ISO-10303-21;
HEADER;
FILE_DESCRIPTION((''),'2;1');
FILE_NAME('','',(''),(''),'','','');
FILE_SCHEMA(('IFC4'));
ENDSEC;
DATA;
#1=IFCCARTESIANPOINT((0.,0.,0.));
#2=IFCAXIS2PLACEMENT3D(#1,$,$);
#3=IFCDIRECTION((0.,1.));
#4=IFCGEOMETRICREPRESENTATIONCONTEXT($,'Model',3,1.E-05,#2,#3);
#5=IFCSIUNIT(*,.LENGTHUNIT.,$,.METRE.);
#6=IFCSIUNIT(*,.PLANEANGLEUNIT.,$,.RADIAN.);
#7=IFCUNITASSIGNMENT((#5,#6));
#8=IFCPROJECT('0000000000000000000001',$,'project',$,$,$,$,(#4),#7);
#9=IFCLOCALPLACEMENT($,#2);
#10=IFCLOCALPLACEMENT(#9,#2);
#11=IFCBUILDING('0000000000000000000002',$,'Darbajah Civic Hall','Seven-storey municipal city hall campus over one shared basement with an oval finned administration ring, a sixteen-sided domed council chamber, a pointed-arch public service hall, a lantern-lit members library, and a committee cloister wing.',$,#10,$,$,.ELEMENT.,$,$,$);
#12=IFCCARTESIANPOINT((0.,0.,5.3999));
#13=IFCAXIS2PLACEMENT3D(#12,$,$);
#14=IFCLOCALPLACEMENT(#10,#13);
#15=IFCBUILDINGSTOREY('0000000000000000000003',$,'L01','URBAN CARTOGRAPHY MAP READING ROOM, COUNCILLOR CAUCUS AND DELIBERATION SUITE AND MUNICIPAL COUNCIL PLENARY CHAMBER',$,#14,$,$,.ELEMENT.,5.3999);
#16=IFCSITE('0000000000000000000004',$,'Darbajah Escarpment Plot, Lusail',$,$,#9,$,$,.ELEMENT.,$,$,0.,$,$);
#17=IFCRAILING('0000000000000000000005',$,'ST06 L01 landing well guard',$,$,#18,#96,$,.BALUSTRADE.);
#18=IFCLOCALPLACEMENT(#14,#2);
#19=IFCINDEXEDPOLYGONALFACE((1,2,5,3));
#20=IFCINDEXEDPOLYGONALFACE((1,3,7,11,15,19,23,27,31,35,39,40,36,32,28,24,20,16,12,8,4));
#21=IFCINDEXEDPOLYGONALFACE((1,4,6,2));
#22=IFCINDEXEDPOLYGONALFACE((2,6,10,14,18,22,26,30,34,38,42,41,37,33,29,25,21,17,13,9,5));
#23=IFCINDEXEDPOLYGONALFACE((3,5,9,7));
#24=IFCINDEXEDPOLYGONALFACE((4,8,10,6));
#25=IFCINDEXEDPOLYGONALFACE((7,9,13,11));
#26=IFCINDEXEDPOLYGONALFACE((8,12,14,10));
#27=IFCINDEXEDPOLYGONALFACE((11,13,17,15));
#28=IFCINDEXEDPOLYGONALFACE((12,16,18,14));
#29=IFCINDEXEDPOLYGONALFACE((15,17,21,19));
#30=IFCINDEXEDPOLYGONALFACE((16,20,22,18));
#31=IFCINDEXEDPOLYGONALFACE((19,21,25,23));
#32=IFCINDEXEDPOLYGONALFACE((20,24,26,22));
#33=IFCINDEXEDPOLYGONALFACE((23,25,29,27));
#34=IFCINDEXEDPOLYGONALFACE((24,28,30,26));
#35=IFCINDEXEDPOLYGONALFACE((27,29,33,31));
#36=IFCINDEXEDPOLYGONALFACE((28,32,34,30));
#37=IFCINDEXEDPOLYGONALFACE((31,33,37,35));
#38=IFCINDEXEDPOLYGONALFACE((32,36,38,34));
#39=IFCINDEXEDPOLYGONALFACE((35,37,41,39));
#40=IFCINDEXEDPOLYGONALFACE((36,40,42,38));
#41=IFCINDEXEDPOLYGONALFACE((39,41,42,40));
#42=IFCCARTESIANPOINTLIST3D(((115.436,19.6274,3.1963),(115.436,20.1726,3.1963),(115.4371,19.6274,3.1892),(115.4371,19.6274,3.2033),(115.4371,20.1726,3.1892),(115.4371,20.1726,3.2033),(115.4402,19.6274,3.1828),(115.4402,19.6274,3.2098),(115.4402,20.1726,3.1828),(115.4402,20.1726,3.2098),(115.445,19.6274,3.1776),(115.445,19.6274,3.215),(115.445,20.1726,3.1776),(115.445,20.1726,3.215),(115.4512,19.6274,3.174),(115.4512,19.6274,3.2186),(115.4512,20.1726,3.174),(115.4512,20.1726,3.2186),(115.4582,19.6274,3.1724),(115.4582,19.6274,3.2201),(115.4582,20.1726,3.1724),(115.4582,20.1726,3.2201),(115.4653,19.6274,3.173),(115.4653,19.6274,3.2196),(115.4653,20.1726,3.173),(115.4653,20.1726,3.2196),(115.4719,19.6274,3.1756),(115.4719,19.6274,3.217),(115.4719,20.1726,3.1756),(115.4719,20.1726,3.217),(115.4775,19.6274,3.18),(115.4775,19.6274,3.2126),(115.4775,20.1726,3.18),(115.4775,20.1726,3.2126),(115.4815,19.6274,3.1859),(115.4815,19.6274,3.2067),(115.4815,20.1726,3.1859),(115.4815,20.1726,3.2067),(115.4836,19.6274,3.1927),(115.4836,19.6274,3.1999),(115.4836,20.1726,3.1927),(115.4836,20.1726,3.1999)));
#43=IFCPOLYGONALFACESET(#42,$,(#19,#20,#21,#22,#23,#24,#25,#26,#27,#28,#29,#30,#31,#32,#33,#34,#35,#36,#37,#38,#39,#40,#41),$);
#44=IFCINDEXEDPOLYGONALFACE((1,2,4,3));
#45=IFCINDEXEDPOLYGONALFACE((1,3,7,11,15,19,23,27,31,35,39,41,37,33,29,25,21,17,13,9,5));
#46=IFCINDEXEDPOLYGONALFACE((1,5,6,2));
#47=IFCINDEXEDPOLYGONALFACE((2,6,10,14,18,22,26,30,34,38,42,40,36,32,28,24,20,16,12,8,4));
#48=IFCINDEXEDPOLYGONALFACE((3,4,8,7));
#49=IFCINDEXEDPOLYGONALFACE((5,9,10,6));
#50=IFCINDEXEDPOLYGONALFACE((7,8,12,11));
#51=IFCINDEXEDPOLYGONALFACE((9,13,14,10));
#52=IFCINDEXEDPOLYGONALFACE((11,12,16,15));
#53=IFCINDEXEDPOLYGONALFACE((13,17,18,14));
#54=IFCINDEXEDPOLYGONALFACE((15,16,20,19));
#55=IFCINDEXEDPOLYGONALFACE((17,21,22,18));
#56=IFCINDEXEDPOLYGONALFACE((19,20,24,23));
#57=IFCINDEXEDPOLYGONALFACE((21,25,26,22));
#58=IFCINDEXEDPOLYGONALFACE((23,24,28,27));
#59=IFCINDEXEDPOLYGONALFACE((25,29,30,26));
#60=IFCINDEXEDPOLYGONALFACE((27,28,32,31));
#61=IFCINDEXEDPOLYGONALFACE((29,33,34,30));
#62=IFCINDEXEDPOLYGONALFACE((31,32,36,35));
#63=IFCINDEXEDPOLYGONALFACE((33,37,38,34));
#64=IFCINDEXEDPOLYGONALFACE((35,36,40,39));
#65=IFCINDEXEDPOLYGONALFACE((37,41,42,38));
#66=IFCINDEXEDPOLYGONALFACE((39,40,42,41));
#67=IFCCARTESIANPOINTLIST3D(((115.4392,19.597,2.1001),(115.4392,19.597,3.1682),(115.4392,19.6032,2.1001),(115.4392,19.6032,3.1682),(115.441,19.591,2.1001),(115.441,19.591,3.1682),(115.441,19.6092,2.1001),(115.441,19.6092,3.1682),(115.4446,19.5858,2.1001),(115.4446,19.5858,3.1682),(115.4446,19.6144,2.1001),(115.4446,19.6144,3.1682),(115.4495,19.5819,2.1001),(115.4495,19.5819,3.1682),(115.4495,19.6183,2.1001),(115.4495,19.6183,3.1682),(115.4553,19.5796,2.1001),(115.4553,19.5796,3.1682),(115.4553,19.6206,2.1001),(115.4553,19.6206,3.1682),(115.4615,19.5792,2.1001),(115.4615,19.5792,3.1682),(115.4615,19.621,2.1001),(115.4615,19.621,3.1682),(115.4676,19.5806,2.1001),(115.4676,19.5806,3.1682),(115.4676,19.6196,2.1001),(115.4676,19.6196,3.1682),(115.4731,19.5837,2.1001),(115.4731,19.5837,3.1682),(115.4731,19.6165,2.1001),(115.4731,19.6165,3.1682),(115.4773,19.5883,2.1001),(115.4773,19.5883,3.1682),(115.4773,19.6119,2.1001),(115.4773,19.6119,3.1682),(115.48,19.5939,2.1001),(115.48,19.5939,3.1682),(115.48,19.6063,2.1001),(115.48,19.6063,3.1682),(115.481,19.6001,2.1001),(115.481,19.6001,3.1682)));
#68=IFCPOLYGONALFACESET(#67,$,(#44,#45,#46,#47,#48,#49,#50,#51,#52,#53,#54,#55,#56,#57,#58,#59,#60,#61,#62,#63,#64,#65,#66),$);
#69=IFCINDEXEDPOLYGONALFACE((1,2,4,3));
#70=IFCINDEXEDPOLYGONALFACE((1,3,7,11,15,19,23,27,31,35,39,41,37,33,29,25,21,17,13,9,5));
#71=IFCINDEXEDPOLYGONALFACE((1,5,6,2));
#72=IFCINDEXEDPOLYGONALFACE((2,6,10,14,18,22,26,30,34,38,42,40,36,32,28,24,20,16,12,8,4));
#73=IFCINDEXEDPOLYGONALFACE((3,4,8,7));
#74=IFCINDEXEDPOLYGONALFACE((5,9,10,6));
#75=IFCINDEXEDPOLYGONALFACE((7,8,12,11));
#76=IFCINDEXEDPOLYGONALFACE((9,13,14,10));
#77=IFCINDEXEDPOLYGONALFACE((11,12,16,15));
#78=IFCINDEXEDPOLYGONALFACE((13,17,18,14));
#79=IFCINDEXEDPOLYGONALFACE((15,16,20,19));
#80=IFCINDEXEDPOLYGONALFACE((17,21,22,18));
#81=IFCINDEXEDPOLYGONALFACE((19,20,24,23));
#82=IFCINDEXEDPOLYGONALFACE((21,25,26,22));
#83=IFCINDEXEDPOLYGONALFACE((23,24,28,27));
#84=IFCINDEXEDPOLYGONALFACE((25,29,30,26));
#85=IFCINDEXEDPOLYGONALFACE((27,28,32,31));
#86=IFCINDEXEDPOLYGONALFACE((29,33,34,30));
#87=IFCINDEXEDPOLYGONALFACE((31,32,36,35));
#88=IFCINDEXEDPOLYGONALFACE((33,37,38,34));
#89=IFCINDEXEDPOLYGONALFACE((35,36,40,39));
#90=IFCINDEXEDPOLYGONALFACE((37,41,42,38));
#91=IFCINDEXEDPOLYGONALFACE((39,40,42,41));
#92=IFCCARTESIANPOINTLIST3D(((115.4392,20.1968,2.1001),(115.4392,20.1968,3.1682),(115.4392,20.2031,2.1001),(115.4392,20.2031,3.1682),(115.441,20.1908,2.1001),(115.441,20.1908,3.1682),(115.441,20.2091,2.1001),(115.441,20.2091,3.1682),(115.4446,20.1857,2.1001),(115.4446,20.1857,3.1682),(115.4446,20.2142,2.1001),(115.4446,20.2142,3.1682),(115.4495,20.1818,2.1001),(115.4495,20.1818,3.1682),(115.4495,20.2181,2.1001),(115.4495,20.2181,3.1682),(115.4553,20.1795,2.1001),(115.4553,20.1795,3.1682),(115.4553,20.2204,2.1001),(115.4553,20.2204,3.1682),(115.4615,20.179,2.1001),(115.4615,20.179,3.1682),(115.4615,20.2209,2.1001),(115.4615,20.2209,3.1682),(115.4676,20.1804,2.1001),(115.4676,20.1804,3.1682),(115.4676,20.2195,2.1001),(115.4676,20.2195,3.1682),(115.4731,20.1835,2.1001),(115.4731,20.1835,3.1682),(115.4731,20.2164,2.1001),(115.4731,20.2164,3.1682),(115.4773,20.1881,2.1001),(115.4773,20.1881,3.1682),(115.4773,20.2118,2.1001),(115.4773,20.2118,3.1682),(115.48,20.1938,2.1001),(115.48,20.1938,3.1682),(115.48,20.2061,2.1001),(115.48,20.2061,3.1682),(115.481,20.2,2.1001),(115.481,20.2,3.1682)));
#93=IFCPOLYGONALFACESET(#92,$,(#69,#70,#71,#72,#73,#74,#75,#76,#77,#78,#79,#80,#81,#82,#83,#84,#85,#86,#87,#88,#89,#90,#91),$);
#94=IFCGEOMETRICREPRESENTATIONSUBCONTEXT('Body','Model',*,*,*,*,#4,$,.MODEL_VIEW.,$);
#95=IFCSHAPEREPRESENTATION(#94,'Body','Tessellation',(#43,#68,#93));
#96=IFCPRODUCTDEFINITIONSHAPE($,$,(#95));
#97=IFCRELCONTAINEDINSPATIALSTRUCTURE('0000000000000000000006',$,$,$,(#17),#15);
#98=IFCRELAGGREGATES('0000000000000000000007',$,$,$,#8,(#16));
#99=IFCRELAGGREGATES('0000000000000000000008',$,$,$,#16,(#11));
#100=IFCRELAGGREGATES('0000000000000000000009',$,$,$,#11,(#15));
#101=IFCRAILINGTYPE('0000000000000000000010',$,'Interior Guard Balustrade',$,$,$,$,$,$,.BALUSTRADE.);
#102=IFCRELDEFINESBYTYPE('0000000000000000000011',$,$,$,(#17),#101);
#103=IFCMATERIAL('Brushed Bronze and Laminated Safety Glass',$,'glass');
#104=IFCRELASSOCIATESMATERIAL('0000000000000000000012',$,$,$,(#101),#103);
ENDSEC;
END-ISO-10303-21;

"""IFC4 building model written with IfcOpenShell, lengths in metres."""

from ifc_helpers import new_model, si_unit, direction, frame, origin, origin_2d, place, context, subcontext, project, spatial, circle, extrude, material, type_object, element, save


model = new_model("IFC4")

# Units and contexts
model_context = context("Model", 3, precision=1e-05, world=origin(), true_north=direction((0.0, 1.0)))
body_context = subcontext(model_context, "Body", "Model", "MODEL_VIEW")
ifc_project = project(units=[si_unit("LENGTHUNIT", "METRE"), si_unit("PLANEANGLEUNIT", "RADIAN")], contexts=[model_context])

# Site, building, storey
site_placement = place(None, origin())
site = spatial("IfcSite", under=ifc_project, at=site_placement, Name="Darbajah Escarpment Plot, Lusail", CompositionType="ELEMENT", RefElevation=0.0)
building_placement = place(site_placement, origin())
building = spatial("IfcBuilding", under=site, at=building_placement, Name="Darbajah Civic Hall", Description="Seven-storey municipal city hall campus over one shared basement with an oval finned administration ring, a sixteen-sided domed council chamber, a pointed-arch public service hall, a lantern-lit members library, and a committee cloister wing.", CompositionType="ELEMENT")
storey_placement = place(building_placement, frame((0.0, 0.0, 5.3999)))
storey = spatial("IfcBuildingStorey", under=building, at=storey_placement, Name="L01", Description="URBAN CARTOGRAPHY MAP READING ROOM, COUNCILLOR CAUCUS AND DELIBERATION SUITE AND MUNICIPAL COUNCIL PLENARY CHAMBER", CompositionType="ELEMENT", Elevation=5.3999)

# Railing
ifc_material_1 = material(Name="Brushed Bronze and Laminated Safety Glass", Category="glass")
railing_type = type_object("IfcRailingType", Name="Interior Guard Balustrade", PredefinedType="BALUSTRADE", material=ifc_material_1)
railing_1_placement = place(storey_placement, frame((115.46, 19.6001, 2.1001)))
element("IfcRailing", 1, at=railing_1_placement, inside=storey, type_object=railing_type, Name="ST06 L01 landing well guard", PredefinedType="BALUSTRADE", context=body_context, shape_type="SweptSolid", body=[
    extrude(circle(Radius=0.0239, at=origin_2d()), frame((0.0, 0.0273, 1.0962), z_axis=(0.0, 1.0, 0.0), x_axis=(-1.0, 0.0, 0.0)), (0.0, 0.0, 1.0), 0.5452),
    extrude(circle(Radius=0.021, at=origin_2d()), origin(), (0.0, 0.0, 1.0), 1.0681),
    extrude(circle(Radius=0.021, at=origin_2d()), frame((0.0, 0.5999, 0.0)), (0.0, 0.0, 1.0), 1.0681),
])

save(model, "model.ifc")
